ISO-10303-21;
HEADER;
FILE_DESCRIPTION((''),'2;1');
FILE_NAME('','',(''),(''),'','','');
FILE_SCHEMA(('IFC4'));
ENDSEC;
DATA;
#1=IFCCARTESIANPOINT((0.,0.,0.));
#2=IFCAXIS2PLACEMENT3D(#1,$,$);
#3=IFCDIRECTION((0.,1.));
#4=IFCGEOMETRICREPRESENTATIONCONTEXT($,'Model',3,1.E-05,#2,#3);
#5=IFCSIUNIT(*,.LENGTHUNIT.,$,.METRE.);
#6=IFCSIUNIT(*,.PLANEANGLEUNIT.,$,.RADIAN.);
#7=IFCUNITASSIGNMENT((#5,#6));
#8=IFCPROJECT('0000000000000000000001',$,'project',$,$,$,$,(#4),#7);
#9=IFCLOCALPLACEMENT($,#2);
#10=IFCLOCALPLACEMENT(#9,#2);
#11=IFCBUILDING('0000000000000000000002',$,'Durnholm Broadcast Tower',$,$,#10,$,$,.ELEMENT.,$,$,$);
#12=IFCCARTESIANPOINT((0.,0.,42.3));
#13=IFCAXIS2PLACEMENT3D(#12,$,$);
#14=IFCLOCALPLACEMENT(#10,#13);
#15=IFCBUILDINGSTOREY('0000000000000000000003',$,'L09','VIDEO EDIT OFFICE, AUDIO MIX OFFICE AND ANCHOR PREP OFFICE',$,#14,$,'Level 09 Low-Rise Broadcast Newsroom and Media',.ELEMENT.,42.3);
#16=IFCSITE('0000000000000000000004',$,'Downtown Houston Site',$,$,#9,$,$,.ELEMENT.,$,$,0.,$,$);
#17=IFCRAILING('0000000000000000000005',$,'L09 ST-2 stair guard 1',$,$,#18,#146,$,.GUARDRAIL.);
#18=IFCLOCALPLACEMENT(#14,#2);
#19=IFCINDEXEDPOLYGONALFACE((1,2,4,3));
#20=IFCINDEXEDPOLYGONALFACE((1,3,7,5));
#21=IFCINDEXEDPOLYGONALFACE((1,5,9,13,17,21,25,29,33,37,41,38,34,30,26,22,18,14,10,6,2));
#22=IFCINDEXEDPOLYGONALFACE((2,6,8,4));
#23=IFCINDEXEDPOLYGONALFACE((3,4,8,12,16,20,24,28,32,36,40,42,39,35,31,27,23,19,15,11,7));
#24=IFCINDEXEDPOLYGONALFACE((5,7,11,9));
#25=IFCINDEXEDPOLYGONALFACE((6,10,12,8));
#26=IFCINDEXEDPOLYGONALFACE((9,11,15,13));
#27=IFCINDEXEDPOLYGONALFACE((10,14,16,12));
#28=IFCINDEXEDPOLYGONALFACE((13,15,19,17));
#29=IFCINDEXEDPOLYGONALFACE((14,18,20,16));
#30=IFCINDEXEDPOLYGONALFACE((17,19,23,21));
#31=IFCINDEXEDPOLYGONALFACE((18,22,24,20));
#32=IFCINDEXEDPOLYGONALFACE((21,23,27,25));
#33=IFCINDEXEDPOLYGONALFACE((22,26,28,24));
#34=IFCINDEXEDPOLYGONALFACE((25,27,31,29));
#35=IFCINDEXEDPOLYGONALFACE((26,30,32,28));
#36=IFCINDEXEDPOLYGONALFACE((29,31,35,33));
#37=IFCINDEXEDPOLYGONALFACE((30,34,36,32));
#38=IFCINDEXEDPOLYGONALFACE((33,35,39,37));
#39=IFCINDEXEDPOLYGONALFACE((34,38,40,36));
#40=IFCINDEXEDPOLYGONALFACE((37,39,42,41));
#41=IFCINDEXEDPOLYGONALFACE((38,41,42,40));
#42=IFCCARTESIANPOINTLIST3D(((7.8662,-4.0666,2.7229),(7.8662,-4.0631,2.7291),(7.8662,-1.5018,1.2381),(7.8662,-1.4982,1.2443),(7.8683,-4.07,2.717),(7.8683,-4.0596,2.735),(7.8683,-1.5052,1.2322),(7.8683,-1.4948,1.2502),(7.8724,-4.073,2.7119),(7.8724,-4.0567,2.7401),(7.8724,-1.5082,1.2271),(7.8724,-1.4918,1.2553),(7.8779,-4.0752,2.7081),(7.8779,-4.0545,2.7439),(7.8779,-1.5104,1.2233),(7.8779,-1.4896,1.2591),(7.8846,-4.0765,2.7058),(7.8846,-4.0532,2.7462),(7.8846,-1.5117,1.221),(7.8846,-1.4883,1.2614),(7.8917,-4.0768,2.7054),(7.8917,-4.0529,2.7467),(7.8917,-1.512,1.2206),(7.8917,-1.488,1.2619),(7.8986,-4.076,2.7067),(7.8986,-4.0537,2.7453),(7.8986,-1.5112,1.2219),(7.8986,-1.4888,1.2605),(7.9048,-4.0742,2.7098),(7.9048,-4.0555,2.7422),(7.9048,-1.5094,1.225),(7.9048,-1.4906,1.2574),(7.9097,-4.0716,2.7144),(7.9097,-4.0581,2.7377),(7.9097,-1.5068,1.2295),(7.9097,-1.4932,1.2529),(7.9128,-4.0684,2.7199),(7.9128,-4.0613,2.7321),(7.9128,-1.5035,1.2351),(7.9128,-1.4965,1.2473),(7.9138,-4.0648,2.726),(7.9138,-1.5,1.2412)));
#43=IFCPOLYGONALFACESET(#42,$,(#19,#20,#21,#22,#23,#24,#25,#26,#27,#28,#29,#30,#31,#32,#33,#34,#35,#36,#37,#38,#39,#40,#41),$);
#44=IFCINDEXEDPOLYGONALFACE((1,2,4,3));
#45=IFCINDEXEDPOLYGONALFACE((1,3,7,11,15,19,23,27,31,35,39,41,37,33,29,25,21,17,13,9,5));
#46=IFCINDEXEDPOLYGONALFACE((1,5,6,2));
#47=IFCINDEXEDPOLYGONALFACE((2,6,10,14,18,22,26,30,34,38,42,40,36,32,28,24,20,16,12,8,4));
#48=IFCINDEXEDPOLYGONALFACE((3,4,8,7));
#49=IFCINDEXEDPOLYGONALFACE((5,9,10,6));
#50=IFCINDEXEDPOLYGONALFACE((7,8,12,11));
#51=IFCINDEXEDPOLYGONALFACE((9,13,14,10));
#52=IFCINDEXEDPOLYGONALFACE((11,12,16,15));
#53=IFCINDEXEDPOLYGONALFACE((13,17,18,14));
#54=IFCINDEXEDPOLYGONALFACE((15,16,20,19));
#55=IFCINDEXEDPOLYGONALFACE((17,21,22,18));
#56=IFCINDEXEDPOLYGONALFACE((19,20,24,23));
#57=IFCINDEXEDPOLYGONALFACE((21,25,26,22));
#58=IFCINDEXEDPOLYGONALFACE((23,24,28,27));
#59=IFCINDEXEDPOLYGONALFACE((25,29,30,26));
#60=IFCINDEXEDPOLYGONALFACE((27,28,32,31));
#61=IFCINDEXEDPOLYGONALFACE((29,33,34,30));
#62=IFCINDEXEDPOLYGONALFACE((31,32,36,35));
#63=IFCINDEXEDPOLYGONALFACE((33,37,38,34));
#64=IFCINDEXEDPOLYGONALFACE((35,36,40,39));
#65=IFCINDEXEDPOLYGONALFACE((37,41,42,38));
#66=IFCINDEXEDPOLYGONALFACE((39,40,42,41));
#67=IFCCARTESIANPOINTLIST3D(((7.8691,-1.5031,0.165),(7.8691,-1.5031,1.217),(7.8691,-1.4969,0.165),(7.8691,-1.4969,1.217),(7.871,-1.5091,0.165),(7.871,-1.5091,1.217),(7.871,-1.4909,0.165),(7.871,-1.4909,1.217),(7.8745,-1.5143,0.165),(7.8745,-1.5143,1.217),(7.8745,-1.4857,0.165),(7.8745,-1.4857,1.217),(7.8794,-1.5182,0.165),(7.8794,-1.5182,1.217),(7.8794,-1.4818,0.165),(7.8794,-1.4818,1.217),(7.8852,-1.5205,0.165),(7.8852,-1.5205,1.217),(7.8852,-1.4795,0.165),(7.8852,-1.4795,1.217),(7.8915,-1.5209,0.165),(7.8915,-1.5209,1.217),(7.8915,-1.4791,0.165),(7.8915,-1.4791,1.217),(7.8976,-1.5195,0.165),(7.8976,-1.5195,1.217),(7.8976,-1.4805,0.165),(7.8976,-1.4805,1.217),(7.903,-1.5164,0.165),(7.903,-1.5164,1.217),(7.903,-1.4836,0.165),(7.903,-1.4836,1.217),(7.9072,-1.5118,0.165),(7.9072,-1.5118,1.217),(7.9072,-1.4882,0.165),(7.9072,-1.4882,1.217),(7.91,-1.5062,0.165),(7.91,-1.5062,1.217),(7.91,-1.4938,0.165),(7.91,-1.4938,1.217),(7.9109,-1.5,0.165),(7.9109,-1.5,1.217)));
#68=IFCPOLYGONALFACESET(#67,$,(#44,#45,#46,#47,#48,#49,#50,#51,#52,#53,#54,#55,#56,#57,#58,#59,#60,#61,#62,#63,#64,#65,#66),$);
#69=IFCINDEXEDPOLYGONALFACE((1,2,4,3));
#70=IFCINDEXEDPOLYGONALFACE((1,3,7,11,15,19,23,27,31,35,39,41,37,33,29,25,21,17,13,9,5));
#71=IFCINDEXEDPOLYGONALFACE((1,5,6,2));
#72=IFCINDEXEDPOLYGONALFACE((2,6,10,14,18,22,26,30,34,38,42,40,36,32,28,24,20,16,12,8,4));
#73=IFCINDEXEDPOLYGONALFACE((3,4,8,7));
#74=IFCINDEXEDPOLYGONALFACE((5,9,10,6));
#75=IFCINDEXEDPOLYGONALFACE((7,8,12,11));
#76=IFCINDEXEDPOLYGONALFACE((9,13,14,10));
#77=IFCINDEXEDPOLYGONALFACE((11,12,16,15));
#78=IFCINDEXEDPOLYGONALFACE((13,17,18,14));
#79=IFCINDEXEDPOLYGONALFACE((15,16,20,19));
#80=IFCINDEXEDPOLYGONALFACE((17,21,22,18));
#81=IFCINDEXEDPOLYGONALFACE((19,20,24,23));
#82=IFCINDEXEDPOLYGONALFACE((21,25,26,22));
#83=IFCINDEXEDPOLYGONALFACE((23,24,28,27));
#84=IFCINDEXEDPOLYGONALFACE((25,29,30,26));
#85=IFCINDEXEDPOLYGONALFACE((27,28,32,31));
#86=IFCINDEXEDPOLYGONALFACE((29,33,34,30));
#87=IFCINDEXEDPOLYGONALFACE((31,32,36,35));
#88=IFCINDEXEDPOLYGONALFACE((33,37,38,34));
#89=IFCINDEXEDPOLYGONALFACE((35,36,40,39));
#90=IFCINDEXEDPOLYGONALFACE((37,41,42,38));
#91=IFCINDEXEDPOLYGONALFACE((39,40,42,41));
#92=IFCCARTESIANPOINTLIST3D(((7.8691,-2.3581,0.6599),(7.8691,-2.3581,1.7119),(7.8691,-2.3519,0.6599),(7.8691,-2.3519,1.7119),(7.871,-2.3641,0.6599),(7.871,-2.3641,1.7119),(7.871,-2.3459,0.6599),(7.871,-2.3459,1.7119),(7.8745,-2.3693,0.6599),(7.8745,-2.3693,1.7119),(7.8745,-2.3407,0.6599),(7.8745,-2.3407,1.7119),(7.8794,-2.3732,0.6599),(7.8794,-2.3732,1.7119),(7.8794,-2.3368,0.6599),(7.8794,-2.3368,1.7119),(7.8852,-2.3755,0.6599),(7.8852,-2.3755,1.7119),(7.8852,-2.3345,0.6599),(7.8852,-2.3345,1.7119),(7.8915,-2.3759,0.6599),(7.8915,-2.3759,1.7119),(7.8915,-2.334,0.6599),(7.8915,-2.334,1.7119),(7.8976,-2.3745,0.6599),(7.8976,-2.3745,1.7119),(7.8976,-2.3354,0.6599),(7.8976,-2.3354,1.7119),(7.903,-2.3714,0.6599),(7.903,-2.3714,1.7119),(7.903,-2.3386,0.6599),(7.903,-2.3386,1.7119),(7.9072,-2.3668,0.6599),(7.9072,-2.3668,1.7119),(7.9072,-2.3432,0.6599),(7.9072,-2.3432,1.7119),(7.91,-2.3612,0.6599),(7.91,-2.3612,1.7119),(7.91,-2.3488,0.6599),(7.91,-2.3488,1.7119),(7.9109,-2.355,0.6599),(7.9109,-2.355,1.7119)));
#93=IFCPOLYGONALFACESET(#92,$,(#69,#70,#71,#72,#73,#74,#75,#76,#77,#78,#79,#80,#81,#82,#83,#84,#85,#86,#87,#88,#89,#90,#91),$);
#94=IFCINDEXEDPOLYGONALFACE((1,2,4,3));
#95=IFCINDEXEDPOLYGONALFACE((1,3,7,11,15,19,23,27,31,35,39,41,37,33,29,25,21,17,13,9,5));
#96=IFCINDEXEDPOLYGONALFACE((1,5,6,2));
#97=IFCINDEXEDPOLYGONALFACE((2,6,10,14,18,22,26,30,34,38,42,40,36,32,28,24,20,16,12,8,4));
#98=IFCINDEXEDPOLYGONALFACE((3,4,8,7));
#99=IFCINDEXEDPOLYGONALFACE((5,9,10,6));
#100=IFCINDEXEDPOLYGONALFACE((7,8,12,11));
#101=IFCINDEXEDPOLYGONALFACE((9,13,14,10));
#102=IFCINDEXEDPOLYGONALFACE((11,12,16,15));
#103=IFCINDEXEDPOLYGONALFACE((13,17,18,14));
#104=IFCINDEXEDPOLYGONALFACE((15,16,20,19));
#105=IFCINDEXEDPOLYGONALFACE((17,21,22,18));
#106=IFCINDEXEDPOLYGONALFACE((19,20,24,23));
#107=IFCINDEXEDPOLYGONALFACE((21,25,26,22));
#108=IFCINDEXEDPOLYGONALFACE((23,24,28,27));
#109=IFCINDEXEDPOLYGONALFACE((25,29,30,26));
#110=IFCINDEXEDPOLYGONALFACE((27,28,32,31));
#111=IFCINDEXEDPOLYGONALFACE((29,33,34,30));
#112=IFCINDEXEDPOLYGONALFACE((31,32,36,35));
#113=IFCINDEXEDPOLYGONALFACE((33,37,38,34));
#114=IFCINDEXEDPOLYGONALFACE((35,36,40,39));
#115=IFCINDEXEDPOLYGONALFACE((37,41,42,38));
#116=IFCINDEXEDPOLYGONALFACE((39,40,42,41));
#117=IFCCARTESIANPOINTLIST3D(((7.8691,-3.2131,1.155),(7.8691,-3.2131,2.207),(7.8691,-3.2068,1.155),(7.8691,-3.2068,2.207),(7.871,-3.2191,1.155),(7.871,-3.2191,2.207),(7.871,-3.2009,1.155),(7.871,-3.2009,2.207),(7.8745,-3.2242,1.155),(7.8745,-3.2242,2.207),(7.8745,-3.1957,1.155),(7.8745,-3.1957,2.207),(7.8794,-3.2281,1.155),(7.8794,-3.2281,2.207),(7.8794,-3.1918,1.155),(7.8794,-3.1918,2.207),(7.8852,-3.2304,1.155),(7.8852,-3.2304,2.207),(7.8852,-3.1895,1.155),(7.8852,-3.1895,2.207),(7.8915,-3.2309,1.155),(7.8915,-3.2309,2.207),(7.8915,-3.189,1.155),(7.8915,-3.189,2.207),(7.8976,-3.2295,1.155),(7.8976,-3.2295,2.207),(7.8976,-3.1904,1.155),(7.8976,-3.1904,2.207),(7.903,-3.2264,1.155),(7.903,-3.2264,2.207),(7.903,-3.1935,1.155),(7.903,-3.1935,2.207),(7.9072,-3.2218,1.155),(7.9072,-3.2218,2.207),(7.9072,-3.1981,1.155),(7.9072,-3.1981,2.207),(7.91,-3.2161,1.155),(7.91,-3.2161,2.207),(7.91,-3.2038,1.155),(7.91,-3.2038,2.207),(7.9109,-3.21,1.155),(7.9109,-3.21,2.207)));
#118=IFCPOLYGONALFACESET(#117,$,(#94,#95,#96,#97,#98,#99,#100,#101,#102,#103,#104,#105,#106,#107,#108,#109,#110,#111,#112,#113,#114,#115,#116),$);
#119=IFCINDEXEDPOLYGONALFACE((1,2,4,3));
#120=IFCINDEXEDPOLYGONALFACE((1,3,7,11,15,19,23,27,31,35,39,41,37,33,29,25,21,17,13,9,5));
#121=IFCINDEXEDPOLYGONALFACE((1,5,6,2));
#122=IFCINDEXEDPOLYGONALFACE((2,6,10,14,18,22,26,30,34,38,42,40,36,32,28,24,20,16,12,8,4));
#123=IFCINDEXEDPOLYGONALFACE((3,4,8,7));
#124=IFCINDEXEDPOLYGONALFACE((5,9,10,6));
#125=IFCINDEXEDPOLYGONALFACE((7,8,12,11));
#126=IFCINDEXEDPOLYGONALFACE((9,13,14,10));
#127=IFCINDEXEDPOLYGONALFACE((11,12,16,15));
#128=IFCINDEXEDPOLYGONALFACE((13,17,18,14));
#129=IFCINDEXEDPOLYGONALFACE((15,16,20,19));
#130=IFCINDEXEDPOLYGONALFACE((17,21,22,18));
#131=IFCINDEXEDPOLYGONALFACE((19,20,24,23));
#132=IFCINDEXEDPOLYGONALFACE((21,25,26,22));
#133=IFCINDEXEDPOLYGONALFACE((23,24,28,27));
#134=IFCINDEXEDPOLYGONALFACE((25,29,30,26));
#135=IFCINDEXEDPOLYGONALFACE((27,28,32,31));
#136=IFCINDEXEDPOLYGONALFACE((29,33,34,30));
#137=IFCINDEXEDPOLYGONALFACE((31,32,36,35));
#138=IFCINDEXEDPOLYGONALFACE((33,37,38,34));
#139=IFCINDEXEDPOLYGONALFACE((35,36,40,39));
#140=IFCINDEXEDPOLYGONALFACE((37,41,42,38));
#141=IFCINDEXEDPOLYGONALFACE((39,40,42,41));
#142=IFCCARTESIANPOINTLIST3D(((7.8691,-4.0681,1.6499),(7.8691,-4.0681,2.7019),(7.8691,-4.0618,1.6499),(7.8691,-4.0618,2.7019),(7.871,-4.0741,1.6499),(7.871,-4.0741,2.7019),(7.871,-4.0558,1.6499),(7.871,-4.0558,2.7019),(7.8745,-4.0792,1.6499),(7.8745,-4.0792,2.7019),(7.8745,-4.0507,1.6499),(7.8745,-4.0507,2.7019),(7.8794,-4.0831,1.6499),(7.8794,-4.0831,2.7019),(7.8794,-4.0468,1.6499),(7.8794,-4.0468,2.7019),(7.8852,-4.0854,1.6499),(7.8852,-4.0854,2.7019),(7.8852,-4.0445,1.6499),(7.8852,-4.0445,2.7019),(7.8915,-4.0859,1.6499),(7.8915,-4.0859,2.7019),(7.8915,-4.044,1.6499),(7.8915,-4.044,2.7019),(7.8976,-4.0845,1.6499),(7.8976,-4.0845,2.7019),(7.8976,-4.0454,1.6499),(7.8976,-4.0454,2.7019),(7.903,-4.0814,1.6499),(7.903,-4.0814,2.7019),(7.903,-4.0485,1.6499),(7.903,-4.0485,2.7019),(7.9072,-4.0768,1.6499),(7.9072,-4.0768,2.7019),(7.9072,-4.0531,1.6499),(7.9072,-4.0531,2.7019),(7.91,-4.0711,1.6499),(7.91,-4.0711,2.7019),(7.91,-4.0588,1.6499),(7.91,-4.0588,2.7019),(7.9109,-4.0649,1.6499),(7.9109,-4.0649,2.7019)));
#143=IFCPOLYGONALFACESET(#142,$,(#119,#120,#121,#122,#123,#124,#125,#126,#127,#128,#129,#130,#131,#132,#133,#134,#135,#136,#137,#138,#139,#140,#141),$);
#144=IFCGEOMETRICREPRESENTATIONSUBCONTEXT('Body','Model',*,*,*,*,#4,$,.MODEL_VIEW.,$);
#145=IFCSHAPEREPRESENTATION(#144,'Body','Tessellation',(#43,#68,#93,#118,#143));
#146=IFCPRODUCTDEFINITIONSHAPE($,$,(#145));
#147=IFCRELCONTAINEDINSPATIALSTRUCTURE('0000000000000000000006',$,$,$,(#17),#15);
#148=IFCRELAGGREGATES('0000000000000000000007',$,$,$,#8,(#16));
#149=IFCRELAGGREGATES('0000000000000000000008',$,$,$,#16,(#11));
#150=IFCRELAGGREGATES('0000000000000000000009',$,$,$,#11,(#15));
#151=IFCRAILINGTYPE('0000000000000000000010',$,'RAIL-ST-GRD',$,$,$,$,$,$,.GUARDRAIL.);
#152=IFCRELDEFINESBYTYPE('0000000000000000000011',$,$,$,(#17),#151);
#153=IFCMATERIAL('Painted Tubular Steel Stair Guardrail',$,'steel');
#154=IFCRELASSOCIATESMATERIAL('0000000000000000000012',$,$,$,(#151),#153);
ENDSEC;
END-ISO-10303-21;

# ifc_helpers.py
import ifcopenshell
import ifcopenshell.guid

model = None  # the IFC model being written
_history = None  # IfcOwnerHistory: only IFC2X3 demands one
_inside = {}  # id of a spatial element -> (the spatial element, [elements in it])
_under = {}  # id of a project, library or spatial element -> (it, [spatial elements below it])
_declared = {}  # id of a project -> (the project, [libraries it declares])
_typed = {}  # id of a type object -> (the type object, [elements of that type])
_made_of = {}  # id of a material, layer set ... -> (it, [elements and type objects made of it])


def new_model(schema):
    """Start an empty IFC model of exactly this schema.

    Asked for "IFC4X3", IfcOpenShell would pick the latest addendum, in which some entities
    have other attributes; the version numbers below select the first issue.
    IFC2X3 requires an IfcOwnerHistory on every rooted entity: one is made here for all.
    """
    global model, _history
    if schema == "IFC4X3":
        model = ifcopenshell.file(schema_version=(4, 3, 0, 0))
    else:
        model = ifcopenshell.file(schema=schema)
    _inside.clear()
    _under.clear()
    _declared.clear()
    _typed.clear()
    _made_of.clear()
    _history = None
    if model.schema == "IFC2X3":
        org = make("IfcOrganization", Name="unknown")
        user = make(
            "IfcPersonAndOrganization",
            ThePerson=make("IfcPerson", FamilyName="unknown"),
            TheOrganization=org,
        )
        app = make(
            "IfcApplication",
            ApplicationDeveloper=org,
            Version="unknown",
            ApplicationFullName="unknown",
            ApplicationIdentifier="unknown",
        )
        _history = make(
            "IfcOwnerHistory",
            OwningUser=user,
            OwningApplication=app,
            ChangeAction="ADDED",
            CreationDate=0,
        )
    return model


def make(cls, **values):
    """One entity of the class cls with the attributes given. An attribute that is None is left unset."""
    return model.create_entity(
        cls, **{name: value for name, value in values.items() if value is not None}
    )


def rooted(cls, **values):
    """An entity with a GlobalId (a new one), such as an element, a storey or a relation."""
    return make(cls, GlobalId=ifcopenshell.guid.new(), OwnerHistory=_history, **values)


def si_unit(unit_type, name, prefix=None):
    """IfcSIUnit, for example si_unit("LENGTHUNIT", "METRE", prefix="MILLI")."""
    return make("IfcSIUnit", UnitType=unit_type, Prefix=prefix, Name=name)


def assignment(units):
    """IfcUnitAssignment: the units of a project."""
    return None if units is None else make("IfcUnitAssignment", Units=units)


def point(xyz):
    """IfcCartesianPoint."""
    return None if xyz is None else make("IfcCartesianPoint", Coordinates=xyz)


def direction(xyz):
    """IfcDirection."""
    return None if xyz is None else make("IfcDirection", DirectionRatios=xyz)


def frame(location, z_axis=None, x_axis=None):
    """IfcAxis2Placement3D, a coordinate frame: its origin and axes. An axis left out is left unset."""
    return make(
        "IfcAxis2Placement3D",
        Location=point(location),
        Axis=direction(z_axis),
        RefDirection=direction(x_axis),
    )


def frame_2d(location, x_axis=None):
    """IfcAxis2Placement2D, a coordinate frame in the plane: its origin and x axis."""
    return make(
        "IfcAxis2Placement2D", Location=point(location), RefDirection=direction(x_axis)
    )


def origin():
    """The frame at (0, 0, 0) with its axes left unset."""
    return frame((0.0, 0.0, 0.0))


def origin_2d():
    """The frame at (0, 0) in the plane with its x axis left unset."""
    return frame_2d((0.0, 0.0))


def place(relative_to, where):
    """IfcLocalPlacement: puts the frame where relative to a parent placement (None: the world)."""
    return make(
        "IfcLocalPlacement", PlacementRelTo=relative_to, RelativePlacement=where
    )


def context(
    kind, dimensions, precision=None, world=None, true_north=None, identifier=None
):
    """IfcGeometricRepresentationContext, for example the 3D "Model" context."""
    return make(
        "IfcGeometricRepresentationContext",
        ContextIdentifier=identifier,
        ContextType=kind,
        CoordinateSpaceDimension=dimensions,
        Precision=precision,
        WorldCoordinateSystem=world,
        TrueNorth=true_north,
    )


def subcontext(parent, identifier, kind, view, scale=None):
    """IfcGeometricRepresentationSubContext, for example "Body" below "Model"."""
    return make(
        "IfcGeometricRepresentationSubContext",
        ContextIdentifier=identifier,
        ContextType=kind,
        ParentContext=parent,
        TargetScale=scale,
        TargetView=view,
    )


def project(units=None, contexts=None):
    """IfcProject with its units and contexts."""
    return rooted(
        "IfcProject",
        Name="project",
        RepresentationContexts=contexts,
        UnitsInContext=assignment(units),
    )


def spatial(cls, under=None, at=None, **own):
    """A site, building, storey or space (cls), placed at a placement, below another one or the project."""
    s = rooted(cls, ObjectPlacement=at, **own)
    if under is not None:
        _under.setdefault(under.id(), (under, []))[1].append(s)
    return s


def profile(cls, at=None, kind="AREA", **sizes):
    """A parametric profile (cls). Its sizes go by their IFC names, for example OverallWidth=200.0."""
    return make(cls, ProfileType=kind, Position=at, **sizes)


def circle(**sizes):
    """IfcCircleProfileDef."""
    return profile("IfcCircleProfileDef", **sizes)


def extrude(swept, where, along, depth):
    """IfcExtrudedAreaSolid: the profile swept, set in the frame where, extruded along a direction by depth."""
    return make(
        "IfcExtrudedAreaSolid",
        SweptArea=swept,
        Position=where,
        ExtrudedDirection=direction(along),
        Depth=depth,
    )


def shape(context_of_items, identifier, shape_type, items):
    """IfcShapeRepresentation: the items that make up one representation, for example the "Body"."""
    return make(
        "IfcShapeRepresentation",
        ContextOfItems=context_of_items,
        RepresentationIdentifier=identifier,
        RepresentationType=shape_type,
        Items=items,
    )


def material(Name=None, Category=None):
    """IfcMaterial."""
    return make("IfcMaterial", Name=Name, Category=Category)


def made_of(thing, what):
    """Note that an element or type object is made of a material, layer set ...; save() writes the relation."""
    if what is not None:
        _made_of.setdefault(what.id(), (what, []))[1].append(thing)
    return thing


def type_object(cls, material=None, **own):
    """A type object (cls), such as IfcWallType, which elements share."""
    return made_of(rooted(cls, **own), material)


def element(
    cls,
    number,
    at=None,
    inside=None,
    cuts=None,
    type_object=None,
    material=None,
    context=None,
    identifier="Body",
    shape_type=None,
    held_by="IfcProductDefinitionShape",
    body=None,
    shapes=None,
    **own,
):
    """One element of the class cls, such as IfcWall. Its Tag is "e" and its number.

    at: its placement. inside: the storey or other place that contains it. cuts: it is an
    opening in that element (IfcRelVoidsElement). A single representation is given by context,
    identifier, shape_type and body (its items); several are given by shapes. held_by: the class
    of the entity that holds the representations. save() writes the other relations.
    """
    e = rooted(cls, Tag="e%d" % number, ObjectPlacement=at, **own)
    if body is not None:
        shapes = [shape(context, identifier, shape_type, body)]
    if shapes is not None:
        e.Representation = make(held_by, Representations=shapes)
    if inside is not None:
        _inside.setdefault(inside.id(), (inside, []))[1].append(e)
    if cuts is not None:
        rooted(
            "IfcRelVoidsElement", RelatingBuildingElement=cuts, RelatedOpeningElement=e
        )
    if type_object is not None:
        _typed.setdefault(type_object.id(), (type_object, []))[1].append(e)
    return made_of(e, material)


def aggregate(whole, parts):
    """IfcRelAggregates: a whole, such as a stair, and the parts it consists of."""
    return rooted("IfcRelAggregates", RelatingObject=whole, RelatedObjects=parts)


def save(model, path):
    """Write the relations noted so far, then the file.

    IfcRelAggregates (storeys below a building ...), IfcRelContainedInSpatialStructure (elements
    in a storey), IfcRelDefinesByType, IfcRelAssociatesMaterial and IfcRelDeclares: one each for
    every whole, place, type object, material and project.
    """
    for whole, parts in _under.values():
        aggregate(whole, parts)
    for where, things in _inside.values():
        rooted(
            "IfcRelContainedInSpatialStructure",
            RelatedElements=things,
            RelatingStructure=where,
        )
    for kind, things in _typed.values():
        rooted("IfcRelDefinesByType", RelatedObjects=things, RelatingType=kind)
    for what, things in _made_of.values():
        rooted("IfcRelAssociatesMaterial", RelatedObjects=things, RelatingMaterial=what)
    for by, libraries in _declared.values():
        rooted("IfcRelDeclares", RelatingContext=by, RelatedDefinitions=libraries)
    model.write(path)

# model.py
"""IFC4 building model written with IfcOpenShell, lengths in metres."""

from ifc_helpers import new_model, si_unit, direction, frame, origin, origin_2d, place, context, subcontext, project, spatial, circle, extrude, material, type_object, element, save


model = new_model("IFC4")

# Units and contexts
model_context = context("Model", 3, precision=1e-05, world=origin(), true_north=direction((0.0, 1.0)))
body_context = subcontext(model_context, "Body", "Model", "MODEL_VIEW")
ifc_project = project(units=[si_unit("LENGTHUNIT", "METRE"), si_unit("PLANEANGLEUNIT", "RADIAN")], contexts=[model_context])

# Site, building, storey
site_placement = place(None, origin())
site = spatial("IfcSite", under=ifc_project, at=site_placement, Name="Downtown Houston Site", CompositionType="ELEMENT", RefElevation=0.0)
building_placement = place(site_placement, origin())
building = spatial("IfcBuilding", under=site, at=building_placement, Name="Durnholm Broadcast Tower", CompositionType="ELEMENT")
storey_placement = place(building_placement, frame((0.0, 0.0, 42.3)))
storey = spatial("IfcBuildingStorey", under=building, at=storey_placement, Name="L09", Description="VIDEO EDIT OFFICE, AUDIO MIX OFFICE AND ANCHOR PREP OFFICE", LongName="Level 09 Low-Rise Broadcast Newsroom and Media", CompositionType="ELEMENT", Elevation=42.3)

# Railing
ifc_material_1 = material(Name="Painted Tubular Steel Stair Guardrail", Category="steel")
railing_type_1 = type_object("IfcRailingType", Name="RAIL-ST-GRD", PredefinedType="GUARDRAIL", material=ifc_material_1)
railing_1_placement = place(storey_placement, frame((7.8899, -1.5, 0.165)))
element("IfcRailing", 1, at=railing_1_placement, inside=storey, type_object=railing_type_1, Name="L09 ST-2 stair guard 1", PredefinedType="GUARDRAIL", context=body_context, shape_type="SweptSolid", body=[
    extrude(circle(Radius=0.0239, at=origin_2d()), frame((0.0, 0.0, 1.0762), z_axis=(0.0, -0.865441, 0.50101), x_axis=(1.0, 0.0, 0.0)), (0.0, 0.0, 1.0), 2.9636),
    extrude(circle(Radius=0.021, at=origin_2d()), origin(), (0.0, 0.0, 1.0), 1.052),
    extrude(circle(Radius=0.021, at=origin_2d()), frame((0.0, -0.855, 0.4949)), (0.0, 0.0, 1.0), 1.052),
    extrude(circle(Radius=0.021, at=origin_2d()), frame((0.0, -1.71, 0.99)), (0.0, 0.0, 1.0), 1.052),
    extrude(circle(Radius=0.021, at=origin_2d()), frame((0.0, -2.5649, 1.4849)), (0.0, 0.0, 1.0), 1.052),
])

save(model, "model.ifc")
